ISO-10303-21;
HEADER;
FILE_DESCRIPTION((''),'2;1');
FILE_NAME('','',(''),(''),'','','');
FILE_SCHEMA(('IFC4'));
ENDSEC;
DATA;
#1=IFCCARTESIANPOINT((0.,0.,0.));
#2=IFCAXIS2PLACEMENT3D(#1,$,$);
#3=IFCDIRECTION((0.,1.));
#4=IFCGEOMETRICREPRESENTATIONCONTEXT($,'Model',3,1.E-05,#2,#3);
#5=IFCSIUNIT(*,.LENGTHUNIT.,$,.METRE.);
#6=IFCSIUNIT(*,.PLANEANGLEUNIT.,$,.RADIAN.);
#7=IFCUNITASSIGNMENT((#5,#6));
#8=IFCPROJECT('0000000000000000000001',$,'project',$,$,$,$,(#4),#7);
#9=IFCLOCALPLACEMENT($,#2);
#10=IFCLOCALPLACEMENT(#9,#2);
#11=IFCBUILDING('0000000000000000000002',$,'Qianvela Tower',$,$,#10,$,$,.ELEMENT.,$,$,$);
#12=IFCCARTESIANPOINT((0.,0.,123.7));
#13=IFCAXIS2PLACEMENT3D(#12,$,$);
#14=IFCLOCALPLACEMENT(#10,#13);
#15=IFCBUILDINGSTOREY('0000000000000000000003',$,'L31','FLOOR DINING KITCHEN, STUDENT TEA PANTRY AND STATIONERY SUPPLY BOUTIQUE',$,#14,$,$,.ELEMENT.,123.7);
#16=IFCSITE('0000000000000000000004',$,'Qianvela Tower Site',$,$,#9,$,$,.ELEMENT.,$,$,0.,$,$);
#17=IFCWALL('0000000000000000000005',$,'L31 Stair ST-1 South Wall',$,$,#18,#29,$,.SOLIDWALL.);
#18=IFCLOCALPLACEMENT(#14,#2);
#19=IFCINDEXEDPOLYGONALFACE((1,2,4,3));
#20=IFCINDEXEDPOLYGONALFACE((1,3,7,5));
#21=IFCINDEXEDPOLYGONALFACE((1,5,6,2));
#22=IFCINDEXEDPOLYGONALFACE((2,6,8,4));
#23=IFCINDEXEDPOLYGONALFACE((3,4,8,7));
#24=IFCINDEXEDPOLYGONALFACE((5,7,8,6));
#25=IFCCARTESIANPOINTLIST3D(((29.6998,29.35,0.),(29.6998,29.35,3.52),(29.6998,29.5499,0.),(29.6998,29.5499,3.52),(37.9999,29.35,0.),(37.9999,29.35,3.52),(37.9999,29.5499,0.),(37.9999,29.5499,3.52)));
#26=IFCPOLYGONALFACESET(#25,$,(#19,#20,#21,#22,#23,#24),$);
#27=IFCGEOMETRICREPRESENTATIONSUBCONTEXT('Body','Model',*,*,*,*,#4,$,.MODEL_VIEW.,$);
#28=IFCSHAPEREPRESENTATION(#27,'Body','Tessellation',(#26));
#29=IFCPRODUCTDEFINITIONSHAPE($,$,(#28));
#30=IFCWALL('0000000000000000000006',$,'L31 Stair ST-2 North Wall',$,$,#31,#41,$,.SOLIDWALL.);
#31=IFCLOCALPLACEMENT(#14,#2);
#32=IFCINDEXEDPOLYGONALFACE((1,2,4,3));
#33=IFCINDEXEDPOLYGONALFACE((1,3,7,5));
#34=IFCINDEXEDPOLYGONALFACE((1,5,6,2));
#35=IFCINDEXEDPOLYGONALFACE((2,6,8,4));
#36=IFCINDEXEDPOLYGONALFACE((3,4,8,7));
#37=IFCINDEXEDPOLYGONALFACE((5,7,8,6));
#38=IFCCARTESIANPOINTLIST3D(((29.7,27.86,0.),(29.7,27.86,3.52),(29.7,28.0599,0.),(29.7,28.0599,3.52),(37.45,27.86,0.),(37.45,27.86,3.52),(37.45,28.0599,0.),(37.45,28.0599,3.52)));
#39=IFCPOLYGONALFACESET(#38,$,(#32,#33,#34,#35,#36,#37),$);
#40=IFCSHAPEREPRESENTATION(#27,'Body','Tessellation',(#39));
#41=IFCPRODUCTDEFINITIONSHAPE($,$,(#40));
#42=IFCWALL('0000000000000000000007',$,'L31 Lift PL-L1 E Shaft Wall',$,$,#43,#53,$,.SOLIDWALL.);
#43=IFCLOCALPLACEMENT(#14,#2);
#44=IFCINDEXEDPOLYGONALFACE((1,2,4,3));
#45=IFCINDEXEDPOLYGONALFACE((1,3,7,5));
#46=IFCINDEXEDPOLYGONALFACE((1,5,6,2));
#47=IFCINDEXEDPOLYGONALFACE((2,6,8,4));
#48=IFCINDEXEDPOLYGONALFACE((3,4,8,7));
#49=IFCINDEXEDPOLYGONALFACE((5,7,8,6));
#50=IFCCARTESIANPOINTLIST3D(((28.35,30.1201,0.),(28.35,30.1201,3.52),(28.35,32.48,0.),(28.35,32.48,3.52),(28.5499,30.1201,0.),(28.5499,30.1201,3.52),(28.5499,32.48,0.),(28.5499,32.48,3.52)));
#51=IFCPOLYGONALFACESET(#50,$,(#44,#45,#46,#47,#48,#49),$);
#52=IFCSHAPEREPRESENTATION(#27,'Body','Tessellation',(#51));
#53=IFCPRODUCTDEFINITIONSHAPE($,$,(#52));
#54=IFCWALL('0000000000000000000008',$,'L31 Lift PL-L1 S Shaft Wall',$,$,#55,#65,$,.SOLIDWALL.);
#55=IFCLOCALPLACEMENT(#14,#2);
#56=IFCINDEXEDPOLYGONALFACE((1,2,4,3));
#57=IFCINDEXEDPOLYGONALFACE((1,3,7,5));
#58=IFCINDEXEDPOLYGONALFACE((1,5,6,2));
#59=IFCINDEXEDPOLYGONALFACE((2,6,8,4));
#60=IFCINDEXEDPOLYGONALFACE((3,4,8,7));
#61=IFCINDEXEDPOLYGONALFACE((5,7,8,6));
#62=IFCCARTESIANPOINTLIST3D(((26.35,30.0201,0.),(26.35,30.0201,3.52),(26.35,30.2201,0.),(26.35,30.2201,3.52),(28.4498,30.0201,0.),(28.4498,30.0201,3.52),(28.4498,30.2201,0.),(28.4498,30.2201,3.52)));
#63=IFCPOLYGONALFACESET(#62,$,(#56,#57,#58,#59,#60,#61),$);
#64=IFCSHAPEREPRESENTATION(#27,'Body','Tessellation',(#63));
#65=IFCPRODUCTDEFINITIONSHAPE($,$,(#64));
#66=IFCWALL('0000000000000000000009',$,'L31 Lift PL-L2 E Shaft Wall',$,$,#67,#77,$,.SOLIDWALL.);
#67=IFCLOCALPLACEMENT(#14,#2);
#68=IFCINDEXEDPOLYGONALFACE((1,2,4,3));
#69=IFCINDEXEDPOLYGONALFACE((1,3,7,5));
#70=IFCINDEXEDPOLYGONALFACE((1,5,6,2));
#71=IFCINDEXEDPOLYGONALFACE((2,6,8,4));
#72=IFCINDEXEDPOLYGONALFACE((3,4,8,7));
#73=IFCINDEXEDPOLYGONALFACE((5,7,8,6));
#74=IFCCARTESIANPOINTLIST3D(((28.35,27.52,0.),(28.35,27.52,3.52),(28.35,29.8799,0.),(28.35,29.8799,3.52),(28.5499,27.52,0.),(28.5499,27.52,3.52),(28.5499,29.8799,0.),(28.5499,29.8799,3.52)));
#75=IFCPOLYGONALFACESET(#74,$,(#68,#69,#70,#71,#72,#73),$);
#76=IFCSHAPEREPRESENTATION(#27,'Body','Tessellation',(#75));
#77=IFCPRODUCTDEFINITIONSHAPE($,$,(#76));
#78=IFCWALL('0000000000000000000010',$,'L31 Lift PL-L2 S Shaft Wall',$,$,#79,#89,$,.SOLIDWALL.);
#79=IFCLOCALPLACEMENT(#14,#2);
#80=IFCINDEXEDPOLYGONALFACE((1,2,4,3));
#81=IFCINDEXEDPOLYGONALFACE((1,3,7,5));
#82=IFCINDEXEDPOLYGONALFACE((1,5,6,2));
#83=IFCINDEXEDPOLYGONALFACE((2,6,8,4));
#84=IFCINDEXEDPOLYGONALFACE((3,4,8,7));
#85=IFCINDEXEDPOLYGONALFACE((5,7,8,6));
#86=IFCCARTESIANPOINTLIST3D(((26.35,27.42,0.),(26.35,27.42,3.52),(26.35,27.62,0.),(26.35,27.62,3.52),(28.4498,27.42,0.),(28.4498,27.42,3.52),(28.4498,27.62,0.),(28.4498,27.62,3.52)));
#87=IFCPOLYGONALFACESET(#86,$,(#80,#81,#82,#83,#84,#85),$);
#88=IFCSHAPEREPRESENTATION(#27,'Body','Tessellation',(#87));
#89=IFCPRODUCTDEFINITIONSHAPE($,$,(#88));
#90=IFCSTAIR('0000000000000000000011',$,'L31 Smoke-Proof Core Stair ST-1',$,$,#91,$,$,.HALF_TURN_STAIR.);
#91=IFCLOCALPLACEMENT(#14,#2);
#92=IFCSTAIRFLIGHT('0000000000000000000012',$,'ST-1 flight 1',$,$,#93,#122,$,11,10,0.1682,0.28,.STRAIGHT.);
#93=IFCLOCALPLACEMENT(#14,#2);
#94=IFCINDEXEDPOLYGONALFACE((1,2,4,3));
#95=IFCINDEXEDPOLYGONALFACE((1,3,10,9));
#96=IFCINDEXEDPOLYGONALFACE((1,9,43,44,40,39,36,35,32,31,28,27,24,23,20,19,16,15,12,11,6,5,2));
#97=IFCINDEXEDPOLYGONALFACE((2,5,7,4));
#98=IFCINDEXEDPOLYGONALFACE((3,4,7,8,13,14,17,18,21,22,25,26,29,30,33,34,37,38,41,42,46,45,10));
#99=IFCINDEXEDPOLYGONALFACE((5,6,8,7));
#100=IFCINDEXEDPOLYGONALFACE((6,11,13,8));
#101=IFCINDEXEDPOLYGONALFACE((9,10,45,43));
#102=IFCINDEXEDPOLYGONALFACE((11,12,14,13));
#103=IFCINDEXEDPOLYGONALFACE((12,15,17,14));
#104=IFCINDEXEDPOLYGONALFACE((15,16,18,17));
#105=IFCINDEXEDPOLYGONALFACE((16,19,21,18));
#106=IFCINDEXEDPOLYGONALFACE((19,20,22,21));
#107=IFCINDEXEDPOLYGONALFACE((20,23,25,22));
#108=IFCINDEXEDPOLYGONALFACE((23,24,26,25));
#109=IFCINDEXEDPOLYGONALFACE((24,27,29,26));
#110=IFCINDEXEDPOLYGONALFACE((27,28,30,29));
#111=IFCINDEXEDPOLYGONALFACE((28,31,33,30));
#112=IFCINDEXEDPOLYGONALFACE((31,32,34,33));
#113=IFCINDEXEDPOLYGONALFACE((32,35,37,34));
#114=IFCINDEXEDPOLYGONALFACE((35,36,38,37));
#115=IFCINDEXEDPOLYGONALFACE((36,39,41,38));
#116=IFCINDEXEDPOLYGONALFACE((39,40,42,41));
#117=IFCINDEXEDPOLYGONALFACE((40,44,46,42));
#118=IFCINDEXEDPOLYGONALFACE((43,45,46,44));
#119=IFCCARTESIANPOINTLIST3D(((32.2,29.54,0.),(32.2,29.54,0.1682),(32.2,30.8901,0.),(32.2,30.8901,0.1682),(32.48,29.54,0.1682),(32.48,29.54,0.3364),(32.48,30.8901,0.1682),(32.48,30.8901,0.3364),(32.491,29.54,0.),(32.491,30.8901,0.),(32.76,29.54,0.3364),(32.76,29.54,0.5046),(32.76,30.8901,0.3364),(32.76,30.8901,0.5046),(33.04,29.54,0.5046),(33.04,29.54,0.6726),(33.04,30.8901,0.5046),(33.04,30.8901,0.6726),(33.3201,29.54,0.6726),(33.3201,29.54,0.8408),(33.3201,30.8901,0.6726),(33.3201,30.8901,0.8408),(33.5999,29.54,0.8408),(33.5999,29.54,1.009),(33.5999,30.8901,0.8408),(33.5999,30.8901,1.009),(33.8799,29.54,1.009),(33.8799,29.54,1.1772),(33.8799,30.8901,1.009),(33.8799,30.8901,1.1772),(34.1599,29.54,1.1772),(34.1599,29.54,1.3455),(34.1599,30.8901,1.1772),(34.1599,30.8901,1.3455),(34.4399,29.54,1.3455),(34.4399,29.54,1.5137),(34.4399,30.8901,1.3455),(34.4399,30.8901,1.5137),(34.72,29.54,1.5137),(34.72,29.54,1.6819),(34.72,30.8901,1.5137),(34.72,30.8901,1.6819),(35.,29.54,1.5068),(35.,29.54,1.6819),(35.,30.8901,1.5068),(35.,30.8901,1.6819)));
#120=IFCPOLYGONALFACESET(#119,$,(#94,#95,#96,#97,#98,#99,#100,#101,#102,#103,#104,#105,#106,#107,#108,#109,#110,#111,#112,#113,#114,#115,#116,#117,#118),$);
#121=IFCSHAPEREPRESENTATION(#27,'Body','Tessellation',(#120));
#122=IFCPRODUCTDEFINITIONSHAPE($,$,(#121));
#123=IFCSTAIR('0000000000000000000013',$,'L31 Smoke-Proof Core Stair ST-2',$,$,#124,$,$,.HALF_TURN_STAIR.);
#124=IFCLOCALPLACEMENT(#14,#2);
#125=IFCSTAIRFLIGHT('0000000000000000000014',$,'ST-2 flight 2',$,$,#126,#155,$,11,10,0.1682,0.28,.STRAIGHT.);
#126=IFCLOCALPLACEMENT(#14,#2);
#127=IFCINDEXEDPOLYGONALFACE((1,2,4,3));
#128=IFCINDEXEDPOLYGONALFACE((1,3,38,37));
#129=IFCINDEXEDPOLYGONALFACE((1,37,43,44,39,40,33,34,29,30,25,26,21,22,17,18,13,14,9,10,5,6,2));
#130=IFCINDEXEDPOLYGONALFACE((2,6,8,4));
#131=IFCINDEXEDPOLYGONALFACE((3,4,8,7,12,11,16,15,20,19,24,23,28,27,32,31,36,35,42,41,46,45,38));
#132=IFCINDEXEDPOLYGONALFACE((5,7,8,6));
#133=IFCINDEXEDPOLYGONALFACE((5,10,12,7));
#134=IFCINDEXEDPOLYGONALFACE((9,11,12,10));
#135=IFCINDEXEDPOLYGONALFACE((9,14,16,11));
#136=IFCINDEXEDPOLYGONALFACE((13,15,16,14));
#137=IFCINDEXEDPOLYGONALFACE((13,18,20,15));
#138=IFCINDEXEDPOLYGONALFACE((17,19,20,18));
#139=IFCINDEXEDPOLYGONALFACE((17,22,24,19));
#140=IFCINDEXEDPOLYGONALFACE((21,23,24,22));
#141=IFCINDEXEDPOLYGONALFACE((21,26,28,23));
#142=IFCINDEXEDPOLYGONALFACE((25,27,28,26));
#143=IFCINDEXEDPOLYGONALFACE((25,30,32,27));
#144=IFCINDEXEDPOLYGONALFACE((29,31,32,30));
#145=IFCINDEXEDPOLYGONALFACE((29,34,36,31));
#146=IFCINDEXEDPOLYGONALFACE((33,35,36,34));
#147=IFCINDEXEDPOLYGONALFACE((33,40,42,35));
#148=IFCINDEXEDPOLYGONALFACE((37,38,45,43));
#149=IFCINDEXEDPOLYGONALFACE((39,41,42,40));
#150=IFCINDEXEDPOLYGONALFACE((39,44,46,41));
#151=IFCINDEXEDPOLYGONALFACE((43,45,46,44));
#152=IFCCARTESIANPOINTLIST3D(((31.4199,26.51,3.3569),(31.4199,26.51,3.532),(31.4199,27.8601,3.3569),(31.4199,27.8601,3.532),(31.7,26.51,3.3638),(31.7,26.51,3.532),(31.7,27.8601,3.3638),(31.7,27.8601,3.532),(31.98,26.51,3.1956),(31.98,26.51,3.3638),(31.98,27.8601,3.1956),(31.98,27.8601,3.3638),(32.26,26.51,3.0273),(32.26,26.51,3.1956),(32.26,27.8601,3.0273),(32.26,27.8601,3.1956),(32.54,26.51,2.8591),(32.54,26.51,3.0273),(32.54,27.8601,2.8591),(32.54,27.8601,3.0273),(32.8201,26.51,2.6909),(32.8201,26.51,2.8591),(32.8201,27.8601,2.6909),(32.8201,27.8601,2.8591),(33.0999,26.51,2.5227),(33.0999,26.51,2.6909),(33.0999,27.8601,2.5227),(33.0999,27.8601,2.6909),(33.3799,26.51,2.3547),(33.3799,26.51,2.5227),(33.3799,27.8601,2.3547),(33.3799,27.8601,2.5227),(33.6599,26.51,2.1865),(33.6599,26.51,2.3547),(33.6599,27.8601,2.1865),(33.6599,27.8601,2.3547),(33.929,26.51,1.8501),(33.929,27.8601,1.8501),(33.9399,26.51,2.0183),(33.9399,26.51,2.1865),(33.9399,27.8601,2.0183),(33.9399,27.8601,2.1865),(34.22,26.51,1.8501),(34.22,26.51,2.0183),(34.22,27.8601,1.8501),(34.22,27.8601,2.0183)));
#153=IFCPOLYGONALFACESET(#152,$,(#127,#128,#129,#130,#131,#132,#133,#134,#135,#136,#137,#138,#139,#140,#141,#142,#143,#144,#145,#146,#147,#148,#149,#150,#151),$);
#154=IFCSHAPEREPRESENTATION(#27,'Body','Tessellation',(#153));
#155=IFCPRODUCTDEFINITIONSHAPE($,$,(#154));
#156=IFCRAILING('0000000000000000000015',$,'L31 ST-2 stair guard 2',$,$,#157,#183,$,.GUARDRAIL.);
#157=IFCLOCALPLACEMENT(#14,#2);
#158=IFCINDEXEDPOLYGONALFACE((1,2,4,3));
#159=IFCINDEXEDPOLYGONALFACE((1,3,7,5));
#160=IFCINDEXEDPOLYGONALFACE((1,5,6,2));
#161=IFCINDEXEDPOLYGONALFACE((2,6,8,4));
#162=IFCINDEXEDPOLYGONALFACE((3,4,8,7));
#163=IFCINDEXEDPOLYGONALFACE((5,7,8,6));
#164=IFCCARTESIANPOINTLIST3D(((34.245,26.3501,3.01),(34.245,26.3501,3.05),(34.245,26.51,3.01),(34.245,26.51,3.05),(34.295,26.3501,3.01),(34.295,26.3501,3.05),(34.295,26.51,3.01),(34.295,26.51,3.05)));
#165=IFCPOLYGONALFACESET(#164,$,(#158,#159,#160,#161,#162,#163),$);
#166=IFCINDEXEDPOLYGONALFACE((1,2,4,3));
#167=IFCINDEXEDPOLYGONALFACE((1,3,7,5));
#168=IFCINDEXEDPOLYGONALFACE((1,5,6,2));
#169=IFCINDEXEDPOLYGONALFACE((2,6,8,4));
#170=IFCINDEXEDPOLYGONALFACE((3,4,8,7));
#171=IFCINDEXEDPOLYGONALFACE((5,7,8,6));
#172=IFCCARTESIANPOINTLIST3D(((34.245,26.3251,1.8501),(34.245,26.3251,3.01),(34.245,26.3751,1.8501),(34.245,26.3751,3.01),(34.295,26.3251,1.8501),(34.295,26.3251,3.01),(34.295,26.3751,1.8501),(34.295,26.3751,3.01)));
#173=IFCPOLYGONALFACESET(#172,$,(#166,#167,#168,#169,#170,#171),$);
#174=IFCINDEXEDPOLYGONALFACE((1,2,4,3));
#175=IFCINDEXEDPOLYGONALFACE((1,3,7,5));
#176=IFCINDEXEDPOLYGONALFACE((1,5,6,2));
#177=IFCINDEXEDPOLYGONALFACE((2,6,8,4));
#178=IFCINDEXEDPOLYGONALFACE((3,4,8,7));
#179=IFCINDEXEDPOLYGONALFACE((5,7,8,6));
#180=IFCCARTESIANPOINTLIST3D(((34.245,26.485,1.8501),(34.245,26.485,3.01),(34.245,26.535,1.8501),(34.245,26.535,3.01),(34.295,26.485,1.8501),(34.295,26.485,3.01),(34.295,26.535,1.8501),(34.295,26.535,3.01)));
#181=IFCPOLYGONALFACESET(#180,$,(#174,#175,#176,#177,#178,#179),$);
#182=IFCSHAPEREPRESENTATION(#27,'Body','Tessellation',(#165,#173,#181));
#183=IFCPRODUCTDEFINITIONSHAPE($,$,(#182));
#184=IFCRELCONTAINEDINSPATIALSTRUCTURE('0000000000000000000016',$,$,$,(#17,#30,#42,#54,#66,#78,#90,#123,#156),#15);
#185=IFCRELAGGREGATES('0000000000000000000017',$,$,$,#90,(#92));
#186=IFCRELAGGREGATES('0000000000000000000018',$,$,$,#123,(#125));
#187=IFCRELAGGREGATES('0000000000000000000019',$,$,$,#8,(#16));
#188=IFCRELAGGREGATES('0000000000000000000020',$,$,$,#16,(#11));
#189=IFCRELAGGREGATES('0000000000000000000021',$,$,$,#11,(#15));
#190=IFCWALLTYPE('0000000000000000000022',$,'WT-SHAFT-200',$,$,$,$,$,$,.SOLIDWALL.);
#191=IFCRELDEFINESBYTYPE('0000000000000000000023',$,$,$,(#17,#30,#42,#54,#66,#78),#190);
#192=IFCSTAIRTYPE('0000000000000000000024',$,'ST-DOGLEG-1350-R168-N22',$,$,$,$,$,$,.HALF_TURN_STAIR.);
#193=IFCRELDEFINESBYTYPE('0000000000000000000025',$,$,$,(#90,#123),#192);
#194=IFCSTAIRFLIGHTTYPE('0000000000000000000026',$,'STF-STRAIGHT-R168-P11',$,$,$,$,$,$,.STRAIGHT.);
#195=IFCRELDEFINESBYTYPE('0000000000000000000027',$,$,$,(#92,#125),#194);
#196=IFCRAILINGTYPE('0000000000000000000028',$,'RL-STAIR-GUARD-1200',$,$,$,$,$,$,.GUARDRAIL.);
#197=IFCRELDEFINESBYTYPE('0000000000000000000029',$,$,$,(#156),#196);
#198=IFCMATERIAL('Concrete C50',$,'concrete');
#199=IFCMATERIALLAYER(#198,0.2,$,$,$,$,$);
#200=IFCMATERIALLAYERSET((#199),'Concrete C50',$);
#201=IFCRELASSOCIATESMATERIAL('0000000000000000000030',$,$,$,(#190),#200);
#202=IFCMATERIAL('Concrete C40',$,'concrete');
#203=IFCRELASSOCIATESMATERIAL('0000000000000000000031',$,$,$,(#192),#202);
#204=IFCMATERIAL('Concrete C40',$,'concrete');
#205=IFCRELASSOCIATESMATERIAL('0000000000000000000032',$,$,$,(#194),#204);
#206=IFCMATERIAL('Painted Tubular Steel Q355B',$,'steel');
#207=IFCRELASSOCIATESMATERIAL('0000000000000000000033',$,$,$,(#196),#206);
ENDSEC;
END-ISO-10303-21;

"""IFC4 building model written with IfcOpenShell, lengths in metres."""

from ifc_helpers import new_model, si_unit, direction, frame, frame_2d, origin, origin_2d, place, context, subcontext, project, spatial, polyline, rectangle, outline, extrude, material, layer, layer_set, type_object, element, aggregate, save


model = new_model("IFC4")

# Units and contexts
model_context = context("Model", 3, precision=1e-05, world=origin(), true_north=direction((0.0, 1.0)))
body_context = subcontext(model_context, "Body", "Model", "MODEL_VIEW")
ifc_project = project(units=[si_unit("LENGTHUNIT", "METRE"), si_unit("PLANEANGLEUNIT", "RADIAN")], contexts=[model_context])

# Site, building, storey
site_placement = place(None, origin())
site = spatial("IfcSite", under=ifc_project, at=site_placement, Name="Qianvela Tower Site", CompositionType="ELEMENT", RefElevation=0.0)
building_placement = place(site_placement, origin())
building = spatial("IfcBuilding", under=site, at=building_placement, Name="Qianvela Tower", CompositionType="ELEMENT")
storey_placement = place(building_placement, frame((0.0, 0.0, 123.7)))
storey = spatial("IfcBuildingStorey", under=building, at=storey_placement, Name="L31", Description="FLOOR DINING KITCHEN, STUDENT TEA PANTRY AND STATIONERY SUPPLY BOUTIQUE", CompositionType="ELEMENT", Elevation=123.7)

# Walls
ifc_material_1 = material(Name="Concrete C50", Category="concrete")
ifc_layer_1 = layer(ifc_material_1, 0.2)
ifc_layer_set_1 = layer_set([ifc_layer_1], Name="Concrete C50")
wall_type_1 = type_object("IfcWallType", Name="WT-SHAFT-200", PredefinedType="SOLIDWALL", material=ifc_layer_set_1)
wall_1_placement = place(storey_placement, frame((29.7, 29.45, 0.0), z_axis=(0.0, 0.0, 1.0), x_axis=(1.0, 0.0, 0.0)))
element("IfcWall", 1, at=wall_1_placement, inside=storey, type_object=wall_type_1, Name="L31 Stair ST-1 South Wall", PredefinedType="SOLIDWALL", context=body_context, shape_type="SweptSolid", body=[
    extrude(rectangle(XDim=8.3, YDim=0.2, at=frame_2d((4.1499, 0.0))), origin(), (0.0, 0.0, 1.0), 3.52),
])
wall_2_placement = place(storey_placement, frame((29.7, 27.96, 0.0), z_axis=(0.0, 0.0, 1.0), x_axis=(1.0, 0.0, 0.0)))
element("IfcWall", 2, at=wall_2_placement, inside=storey, type_object=wall_type_1, Name="L31 Stair ST-2 North Wall", PredefinedType="SOLIDWALL", context=body_context, shape_type="SweptSolid", body=[
    extrude(rectangle(XDim=7.75, YDim=0.2, at=frame_2d((3.875, 0.0))), origin(), (0.0, 0.0, 1.0), 3.52),
])
wall_3_placement = place(storey_placement, frame((28.45, 30.1201, 0.0), z_axis=(0.0, 0.0, 1.0), x_axis=(0.0, 1.0, 0.0)))
element("IfcWall", 3, at=wall_3_placement, inside=storey, type_object=wall_type_1, Name="L31 Lift PL-L1 E Shaft Wall", PredefinedType="SOLIDWALL", context=body_context, shape_type="SweptSolid", body=[
    extrude(rectangle(XDim=2.3599, YDim=0.2, at=frame_2d((1.1799, 0.0))), origin(), (0.0, 0.0, 1.0), 3.52),
])

# Walls
wall_4_placement = place(storey_placement, frame((26.3501, 30.1201, 0.0), z_axis=(0.0, 0.0, 1.0), x_axis=(1.0, 0.0, 0.0)))
element("IfcWall", 4, at=wall_4_placement, inside=storey, type_object=wall_type_1, Name="L31 Lift PL-L1 S Shaft Wall", PredefinedType="SOLIDWALL", context=body_context, shape_type="SweptSolid", body=[
    extrude(rectangle(XDim=2.0999, YDim=0.2, at=frame_2d((1.0498, 0.0))), origin(), (0.0, 0.0, 1.0), 3.52),
])
wall_5_placement = place(storey_placement, frame((28.45, 27.52, 0.0), z_axis=(0.0, 0.0, 1.0), x_axis=(0.0, 1.0, 0.0)))
element("IfcWall", 5, at=wall_5_placement, inside=storey, type_object=wall_type_1, Name="L31 Lift PL-L2 E Shaft Wall", PredefinedType="SOLIDWALL", context=body_context, shape_type="SweptSolid", body=[
    extrude(rectangle(XDim=2.3599, YDim=0.2, at=frame_2d((1.1799, 0.0))), origin(), (0.0, 0.0, 1.0), 3.52),
])

# Wall
wall_6_placement = place(storey_placement, frame((26.3501, 27.52, 0.0), z_axis=(0.0, 0.0, 1.0), x_axis=(1.0, 0.0, 0.0)))
element("IfcWall", 6, at=wall_6_placement, inside=storey, type_object=wall_type_1, Name="L31 Lift PL-L2 S Shaft Wall", PredefinedType="SOLIDWALL", context=body_context, shape_type="SweptSolid", body=[
    extrude(rectangle(XDim=2.0999, YDim=0.2, at=frame_2d((1.0498, 0.0))), origin(), (0.0, 0.0, 1.0), 3.52),
])

# Stairs, stair flights
ifc_material_2 = material(Name="Concrete C40", Category="concrete")
stair_type = type_object("IfcStairType", Name="ST-DOGLEG-1350-R168-N22", PredefinedType="HALF_TURN_STAIR", material=ifc_material_2)
stair_1_placement = place(storey_placement, origin())
stair_1 = element("IfcStair", 7, at=stair_1_placement, inside=storey, type_object=stair_type, Name="L31 Smoke-Proof Core Stair ST-1", PredefinedType="HALF_TURN_STAIR")
ifc_material_3 = material(Name="Concrete C40", Category="concrete")
stair_flight_type = type_object("IfcStairFlightType", Name="STF-STRAIGHT-R168-P11", PredefinedType="STRAIGHT", material=ifc_material_3)
stair_flight_1_placement = place(storey_placement, frame((32.2, 30.2151, 0.0), z_axis=(0.0, 0.0, 1.0), x_axis=(1.0, 0.0, 0.0)))
stair_flight_1 = element("IfcStairFlight", 8, at=stair_flight_1_placement, type_object=stair_flight_type, Name="ST-1 flight 1", NumberOfRisers=11, NumberOfTreads=10, PredefinedType="STRAIGHT", RiserHeight=0.1682, TreadLength=0.28, context=body_context, shape_type="SweptSolid", body=[
    extrude(outline(polyline([(0.0, 0.0), (0.0, 0.1682), (0.28, 0.1682), (0.28, 0.3364), (0.5601, 0.3364), (0.5601, 0.5046), (0.8401, 0.5046), (0.8401, 0.6726), (1.1201, 0.6726), (1.1201, 0.8408), (1.3999, 0.8408), (1.3999, 1.009), (1.6799, 1.009), (1.6799, 1.1772), (1.96, 1.1772), (1.96, 1.3455), (2.24, 1.3455), (2.24, 1.5137), (2.52, 1.5137), (2.52, 1.6819), (2.8, 1.6819), (2.8, 1.8501), (2.8, 1.5068), (0.291, 0.0), (0.0, 0.0)])), frame((0.0, 0.675, 0.0), z_axis=(0.0, -1.0, 0.0), x_axis=(1.0, 0.0, 0.0)), (0.0, 0.0, 1.0), 1.3501),
])
aggregate(stair_1, [stair_flight_1])
stair_2_placement = place(storey_placement, origin())
stair_2 = element("IfcStair", 9, at=stair_2_placement, inside=storey, type_object=stair_type, Name="L31 Smoke-Proof Core Stair ST-2", PredefinedType="HALF_TURN_STAIR")
stair_flight_2_placement = place(storey_placement, frame((34.22, 27.1851, 1.8501), z_axis=(0.0, 0.0, 1.0), x_axis=(-1.0, 0.0, 0.0)))
stair_flight_2 = element("IfcStairFlight", 10, at=stair_flight_2_placement, type_object=stair_flight_type, Name="ST-2 flight 2", NumberOfRisers=11, NumberOfTreads=10, PredefinedType="STRAIGHT", RiserHeight=0.1682, TreadLength=0.28, context=body_context, shape_type="SweptSolid", body=[
    extrude(outline(polyline([(0.0, 0.0), (0.0, 0.1682), (0.28, 0.1682), (0.28, 0.3364), (0.5601, 0.3364), (0.5601, 0.5046), (0.8401, 0.5046), (0.8401, 0.6726), (1.1201, 0.6726), (1.1201, 0.8408), (1.3999, 0.8408), (1.3999, 1.009), (1.6799, 1.009), (1.6799, 1.1772), (1.96, 1.1772), (1.96, 1.3455), (2.24, 1.3455), (2.24, 1.5137), (2.52, 1.5137), (2.52, 1.6819), (2.8, 1.6819), (2.8, 1.8501), (2.8, 1.5068), (0.291, 0.0), (0.0, 0.0)])), frame((0.0, 0.675, 0.0), z_axis=(0.0, -1.0, 0.0), x_axis=(1.0, 0.0, 0.0)), (0.0, 0.0, 1.0), 1.3501),
])
aggregate(stair_2, [stair_flight_2])

# Railing
ifc_material_4 = material(Name="Painted Tubular Steel Q355B", Category="steel")
railing_type_1 = type_object("IfcRailingType", Name="RL-STAIR-GUARD-1200", PredefinedType="GUARDRAIL", material=ifc_material_4)
railing_1_placement = place(storey_placement, frame((34.27, 26.3501, 1.8501)))
element("IfcRailing", 11, at=railing_1_placement, inside=storey, type_object=railing_type_1, Name="L31 ST-2 stair guard 2", PredefinedType="GUARDRAIL", context=body_context, shape_type="SweptSolid", body=[
    extrude(rectangle(XDim=0.05, YDim=0.04, at=origin_2d()), frame((0.0, 0.0, 1.1799), z_axis=(0.0, 1.0, 0.0), x_axis=(-1.0, 0.0, 0.0)), (0.0, 0.0, 1.0), 0.1599),
    extrude(rectangle(XDim=0.05, YDim=0.05, at=origin_2d()), origin(), (0.0, 0.0, 1.0), 1.1599),
    extrude(rectangle(XDim=0.05, YDim=0.05, at=origin_2d()), frame((0.0, 0.1599, 0.0)), (0.0, 0.0, 1.0), 1.1599),
])

save(model, "model.ifc")
